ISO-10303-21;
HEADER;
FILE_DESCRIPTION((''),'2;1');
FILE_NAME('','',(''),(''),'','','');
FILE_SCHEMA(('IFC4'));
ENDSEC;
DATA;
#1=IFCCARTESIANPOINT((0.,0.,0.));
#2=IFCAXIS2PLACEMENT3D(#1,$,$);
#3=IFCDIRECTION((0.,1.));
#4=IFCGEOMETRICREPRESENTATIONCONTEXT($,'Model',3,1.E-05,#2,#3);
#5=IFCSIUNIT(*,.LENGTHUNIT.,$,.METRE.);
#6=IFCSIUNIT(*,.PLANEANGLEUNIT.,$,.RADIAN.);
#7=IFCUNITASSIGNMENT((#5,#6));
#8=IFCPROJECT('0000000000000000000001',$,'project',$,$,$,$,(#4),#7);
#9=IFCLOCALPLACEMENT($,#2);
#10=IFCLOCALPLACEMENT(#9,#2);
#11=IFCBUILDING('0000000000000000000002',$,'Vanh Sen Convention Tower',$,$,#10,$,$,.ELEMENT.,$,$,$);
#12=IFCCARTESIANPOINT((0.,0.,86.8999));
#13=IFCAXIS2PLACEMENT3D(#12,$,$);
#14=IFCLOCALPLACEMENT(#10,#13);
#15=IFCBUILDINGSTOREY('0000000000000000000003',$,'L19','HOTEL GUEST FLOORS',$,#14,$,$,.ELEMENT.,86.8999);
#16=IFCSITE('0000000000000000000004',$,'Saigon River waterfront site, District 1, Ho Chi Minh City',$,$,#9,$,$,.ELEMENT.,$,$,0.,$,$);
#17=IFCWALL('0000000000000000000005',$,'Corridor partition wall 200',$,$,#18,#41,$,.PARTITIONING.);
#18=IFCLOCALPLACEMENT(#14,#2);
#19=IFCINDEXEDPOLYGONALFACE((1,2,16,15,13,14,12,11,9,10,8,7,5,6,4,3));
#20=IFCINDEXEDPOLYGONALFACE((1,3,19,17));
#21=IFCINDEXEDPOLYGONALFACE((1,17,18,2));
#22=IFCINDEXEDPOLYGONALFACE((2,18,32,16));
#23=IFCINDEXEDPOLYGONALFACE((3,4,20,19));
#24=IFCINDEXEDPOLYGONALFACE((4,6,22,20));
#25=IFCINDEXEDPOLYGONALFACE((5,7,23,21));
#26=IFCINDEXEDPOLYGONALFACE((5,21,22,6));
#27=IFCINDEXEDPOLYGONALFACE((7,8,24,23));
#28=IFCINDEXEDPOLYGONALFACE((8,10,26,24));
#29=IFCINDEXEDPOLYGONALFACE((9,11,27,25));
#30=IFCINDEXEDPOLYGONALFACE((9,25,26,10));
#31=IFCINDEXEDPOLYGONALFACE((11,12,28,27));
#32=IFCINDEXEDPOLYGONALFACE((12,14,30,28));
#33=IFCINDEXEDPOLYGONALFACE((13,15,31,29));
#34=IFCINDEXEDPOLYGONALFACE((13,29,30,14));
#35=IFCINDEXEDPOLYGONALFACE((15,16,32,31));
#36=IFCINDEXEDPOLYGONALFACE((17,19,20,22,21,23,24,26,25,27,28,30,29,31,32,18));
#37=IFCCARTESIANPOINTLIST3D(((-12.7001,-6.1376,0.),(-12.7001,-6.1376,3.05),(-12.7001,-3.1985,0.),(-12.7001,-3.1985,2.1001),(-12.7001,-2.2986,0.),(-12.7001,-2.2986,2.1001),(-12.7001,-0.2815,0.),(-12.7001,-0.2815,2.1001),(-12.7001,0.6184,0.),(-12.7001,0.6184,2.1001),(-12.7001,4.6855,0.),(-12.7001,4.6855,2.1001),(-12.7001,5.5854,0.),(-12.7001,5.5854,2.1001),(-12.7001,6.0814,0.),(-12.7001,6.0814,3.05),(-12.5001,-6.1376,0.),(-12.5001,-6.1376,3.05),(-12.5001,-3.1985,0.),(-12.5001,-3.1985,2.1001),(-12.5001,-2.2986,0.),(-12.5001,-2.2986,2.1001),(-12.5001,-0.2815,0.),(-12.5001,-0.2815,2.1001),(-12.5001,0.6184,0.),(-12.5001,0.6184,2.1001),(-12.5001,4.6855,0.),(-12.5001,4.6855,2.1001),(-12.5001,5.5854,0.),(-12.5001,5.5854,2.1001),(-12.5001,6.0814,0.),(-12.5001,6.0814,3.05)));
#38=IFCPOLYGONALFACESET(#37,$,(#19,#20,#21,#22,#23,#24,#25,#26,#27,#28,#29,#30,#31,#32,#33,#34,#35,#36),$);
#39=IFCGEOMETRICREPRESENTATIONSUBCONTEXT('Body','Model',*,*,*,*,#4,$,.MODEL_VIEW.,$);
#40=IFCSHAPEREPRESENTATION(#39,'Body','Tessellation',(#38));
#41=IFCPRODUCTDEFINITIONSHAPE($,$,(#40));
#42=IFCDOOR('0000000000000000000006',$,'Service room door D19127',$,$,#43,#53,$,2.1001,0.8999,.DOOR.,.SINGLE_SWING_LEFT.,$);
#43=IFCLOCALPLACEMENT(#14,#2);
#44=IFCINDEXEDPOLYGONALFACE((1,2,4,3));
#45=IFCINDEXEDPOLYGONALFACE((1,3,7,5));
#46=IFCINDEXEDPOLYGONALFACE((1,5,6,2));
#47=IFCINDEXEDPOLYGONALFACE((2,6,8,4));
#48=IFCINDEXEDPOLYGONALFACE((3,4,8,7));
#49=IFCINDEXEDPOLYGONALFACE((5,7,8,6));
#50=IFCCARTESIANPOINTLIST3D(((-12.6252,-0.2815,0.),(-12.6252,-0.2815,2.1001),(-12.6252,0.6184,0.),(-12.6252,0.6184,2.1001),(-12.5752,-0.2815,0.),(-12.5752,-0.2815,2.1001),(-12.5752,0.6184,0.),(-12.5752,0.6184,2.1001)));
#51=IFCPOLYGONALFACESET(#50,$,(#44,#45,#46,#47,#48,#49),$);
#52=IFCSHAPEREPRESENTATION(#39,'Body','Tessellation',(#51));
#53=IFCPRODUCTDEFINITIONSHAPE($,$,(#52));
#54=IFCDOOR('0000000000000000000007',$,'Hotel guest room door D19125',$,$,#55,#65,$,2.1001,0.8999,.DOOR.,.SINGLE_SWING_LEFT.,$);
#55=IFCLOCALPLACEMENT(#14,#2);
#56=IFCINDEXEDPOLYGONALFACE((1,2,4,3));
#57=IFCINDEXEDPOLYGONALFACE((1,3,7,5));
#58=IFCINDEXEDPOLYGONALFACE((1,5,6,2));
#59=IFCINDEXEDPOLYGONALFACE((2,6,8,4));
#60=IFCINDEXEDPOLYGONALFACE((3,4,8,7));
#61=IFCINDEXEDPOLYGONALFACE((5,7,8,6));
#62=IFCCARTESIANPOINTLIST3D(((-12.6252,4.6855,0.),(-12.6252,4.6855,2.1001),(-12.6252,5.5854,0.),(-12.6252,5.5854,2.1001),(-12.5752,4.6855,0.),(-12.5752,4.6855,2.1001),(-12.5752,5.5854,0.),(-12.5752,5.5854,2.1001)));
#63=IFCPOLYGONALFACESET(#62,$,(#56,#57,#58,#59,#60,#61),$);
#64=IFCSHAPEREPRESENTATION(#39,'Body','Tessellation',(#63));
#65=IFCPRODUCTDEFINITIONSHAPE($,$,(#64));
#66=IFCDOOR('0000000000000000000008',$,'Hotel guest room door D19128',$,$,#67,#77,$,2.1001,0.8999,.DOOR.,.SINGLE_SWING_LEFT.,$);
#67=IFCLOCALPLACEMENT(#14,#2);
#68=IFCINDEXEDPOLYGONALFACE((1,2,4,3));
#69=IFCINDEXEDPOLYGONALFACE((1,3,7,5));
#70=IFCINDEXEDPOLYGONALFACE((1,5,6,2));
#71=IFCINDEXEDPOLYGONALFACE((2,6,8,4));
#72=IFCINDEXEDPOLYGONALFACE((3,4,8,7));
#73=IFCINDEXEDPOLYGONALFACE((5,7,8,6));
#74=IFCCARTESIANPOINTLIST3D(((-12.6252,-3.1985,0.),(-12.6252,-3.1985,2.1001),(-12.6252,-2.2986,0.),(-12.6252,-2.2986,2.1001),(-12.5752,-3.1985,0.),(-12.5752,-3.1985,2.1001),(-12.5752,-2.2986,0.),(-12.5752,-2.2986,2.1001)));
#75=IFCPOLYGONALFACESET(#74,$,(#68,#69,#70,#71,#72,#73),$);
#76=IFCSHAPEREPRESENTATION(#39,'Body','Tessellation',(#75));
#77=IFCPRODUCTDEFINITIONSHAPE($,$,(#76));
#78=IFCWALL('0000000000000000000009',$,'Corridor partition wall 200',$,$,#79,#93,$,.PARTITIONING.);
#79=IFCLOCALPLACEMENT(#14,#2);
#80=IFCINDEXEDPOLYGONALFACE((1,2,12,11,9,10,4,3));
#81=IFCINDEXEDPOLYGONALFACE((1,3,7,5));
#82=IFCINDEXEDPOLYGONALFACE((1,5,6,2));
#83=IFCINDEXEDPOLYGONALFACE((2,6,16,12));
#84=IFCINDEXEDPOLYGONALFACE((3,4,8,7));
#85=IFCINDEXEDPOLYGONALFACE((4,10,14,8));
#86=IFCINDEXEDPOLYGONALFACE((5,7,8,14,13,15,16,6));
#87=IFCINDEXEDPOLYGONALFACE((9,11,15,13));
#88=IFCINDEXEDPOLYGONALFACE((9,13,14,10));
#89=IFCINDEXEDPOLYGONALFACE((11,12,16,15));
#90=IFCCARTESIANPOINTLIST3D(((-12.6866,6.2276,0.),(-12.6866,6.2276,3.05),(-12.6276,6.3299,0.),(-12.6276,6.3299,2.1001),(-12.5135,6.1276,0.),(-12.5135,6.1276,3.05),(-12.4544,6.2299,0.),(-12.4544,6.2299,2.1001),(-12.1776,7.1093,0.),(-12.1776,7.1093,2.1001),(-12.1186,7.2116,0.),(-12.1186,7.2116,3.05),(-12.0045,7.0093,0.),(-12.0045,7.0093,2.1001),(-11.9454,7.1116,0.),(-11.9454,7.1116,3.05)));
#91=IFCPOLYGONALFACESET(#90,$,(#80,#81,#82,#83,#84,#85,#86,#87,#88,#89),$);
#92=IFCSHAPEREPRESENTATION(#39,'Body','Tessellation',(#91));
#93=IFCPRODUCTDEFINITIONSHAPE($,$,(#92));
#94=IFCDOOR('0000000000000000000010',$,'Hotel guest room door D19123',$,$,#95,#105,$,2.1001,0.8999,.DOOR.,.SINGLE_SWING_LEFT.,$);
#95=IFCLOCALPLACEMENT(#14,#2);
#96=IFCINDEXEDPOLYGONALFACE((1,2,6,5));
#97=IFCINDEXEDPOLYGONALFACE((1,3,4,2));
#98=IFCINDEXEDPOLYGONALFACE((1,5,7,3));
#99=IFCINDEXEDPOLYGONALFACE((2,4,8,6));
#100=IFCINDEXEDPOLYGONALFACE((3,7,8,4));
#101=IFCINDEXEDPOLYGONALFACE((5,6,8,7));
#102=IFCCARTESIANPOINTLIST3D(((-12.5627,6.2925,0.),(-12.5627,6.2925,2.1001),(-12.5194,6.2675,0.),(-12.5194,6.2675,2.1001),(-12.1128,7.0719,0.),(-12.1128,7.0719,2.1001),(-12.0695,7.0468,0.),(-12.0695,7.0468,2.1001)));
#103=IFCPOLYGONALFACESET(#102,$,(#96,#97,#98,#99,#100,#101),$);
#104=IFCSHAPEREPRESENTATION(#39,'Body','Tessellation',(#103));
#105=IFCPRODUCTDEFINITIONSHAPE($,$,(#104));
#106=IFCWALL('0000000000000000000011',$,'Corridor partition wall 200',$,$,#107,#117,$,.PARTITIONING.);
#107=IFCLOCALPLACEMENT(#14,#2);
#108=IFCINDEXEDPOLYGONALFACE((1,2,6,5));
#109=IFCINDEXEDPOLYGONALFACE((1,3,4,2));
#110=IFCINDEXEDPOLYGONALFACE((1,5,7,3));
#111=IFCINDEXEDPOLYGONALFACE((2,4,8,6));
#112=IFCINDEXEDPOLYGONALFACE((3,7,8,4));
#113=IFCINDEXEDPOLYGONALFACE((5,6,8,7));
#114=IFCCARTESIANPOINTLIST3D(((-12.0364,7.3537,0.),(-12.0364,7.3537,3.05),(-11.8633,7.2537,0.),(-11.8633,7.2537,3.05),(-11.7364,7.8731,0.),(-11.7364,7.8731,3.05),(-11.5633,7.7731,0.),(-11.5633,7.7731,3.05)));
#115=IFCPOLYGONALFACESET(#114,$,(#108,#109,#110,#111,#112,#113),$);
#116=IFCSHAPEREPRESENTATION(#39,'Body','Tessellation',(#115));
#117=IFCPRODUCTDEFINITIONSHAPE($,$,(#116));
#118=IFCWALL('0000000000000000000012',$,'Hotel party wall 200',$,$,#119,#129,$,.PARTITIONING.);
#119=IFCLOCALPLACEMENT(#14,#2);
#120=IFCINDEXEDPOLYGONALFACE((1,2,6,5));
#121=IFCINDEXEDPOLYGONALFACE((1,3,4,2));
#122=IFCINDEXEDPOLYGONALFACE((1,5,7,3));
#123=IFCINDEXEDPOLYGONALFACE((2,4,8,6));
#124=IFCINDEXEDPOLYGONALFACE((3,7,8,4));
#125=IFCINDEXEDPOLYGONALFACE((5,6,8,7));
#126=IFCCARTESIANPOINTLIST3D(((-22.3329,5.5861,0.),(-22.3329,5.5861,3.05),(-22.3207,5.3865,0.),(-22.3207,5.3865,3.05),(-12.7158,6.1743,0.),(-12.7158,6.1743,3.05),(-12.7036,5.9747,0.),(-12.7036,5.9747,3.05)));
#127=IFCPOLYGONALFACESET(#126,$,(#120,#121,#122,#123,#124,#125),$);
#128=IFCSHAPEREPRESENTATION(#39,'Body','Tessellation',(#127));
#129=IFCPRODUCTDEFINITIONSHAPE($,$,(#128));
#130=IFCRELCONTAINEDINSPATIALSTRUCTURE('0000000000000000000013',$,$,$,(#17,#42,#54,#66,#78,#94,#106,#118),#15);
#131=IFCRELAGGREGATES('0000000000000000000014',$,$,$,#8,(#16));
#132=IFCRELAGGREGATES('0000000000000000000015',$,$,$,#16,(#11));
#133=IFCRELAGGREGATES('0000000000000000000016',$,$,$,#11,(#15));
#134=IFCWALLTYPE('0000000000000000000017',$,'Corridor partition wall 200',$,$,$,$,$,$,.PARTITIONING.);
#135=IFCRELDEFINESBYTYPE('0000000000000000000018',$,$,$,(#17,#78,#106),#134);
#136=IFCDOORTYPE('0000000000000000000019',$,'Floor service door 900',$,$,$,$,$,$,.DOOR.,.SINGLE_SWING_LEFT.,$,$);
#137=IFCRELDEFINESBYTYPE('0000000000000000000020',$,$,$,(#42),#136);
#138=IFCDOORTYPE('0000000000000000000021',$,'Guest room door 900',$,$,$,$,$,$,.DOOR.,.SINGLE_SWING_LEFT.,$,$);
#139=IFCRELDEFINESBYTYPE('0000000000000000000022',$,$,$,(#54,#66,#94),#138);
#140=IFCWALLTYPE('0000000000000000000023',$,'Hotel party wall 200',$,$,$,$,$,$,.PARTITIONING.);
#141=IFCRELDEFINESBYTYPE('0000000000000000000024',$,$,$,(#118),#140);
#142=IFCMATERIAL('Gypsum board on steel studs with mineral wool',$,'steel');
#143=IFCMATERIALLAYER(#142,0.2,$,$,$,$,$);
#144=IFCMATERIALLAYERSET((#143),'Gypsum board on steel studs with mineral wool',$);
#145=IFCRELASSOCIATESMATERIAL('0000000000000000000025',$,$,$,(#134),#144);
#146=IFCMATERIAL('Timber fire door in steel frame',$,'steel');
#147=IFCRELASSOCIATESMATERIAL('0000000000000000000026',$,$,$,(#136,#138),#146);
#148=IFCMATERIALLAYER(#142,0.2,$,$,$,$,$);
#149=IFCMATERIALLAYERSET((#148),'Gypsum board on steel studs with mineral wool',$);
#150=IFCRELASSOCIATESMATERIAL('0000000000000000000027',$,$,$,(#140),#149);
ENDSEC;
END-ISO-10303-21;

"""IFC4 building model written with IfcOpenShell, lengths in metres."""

from ifc_helpers import new_model, si_unit, direction, frame, frame_2d, origin, place, context, subcontext, project, spatial, rectangle, extrude, material, layer, layer_set, type_object, element, fill, save


model = new_model("IFC4")

# Units and contexts
model_context = context("Model", 3, precision=1e-05, world=origin(), true_north=direction((0.0, 1.0)))
body_context = subcontext(model_context, "Body", "Model", "MODEL_VIEW")
ifc_project = project(units=[si_unit("LENGTHUNIT", "METRE"), si_unit("PLANEANGLEUNIT", "RADIAN")], contexts=[model_context])

# Site, building, storey
site_placement = place(None, origin())
site = spatial("IfcSite", under=ifc_project, at=site_placement, Name="Saigon River waterfront site, District 1, Ho Chi Minh City", CompositionType="ELEMENT", RefElevation=0.0)
building_placement = place(site_placement, origin())
building = spatial("IfcBuilding", under=site, at=building_placement, Name="Vanh Sen Convention Tower", CompositionType="ELEMENT")
storey_placement = place(building_placement, frame((0.0, 0.0, 86.8999)))
storey = spatial("IfcBuildingStorey", under=building, at=storey_placement, Name="L19", Description="HOTEL GUEST FLOORS", CompositionType="ELEMENT", Elevation=86.8999)

# Wall, openings, doors
ifc_material_1 = material(Name="Gypsum board on steel studs with mineral wool", Category="steel")
ifc_layer_1 = layer(ifc_material_1, 0.2)
ifc_layer_set_1 = layer_set([ifc_layer_1], Name="Gypsum board on steel studs with mineral wool")
wall_type_1 = type_object("IfcWallType", Name="Corridor partition wall 200", PredefinedType="PARTITIONING", material=ifc_layer_set_1)
wall_1_placement = place(storey_placement, frame((-12.6001, 6.0813, 0.0), z_axis=(0.0, 0.0, 1.0), x_axis=(0.0, -1.0, 0.0)))
wall_1 = element("IfcWall", 1, at=wall_1_placement, inside=storey, type_object=wall_type_1, Name="Corridor partition wall 200", PredefinedType="PARTITIONING", context=body_context, shape_type="SweptSolid", body=[
    extrude(rectangle(XDim=12.219, YDim=0.2, at=frame_2d((6.1094, 0.0))), origin(), (0.0, 0.0, 1.0), 3.05),
])
opening_1_placement = place(wall_1_placement, frame((0.4958, 0.0, 0.0)))
opening_1 = element("IfcOpeningElement", 2, at=opening_1_placement, cuts=wall_1, PredefinedType="OPENING", context=body_context, shape_type="SweptSolid", body=[
    extrude(rectangle(XDim=0.8999, YDim=2.1001, at=frame_2d((0.45, 1.05))), frame((0.0, 0.1099, 0.0), z_axis=(0.0, -1.0, 0.0), x_axis=(1.0, 0.0, 0.0)), (0.0, 0.0, 1.0), 0.22),
])
opening_2_placement = place(wall_1_placement, frame((5.4629, 0.0, 0.0)))
opening_2 = element("IfcOpeningElement", 3, at=opening_2_placement, cuts=wall_1, PredefinedType="OPENING", context=body_context, shape_type="SweptSolid", body=[
    extrude(rectangle(XDim=0.8999, YDim=2.1001, at=frame_2d((0.45, 1.05))), frame((0.0, 0.1099, 0.0), z_axis=(0.0, -1.0, 0.0), x_axis=(1.0, 0.0, 0.0)), (0.0, 0.0, 1.0), 0.22),
])
opening_3_placement = place(wall_1_placement, frame((8.3799, 0.0, 0.0)))
opening_3 = element("IfcOpeningElement", 4, at=opening_3_placement, cuts=wall_1, PredefinedType="OPENING", context=body_context, shape_type="SweptSolid", body=[
    extrude(rectangle(XDim=0.8999, YDim=2.1001, at=frame_2d((0.45, 1.05))), frame((0.0, 0.1099, 0.0), z_axis=(0.0, -1.0, 0.0), x_axis=(1.0, 0.0, 0.0)), (0.0, 0.0, 1.0), 0.22),
])
ifc_material_2 = material(Name="Timber fire door in steel frame", Category="steel")
door_type_1 = type_object("IfcDoorType", Name="Floor service door 900", OperationType="SINGLE_SWING_LEFT", PredefinedType="DOOR", material=ifc_material_2)
door_1_placement = place(opening_2_placement, origin())
door_1 = element("IfcDoor", 5, at=door_1_placement, inside=storey, type_object=door_type_1, Name="Service room door D19127", OperationType="SINGLE_SWING_LEFT", OverallHeight=2.1001, OverallWidth=0.8999, PredefinedType="DOOR", context=body_context, shape_type="SweptSolid", body=[
    extrude(rectangle(XDim=0.8999, YDim=2.1001, at=frame_2d((0.45, 1.05))), frame((0.0, 0.0249, 0.0), z_axis=(0.0, -1.0, 0.0), x_axis=(1.0, 0.0, 0.0)), (0.0, 0.0, 1.0), 0.05),
])
fill(opening_2, door_1)
door_type_2 = type_object("IfcDoorType", Name="Guest room door 900", OperationType="SINGLE_SWING_LEFT", PredefinedType="DOOR", material=ifc_material_2)
door_2_placement = place(opening_1_placement, origin())
door_2 = element("IfcDoor", 6, at=door_2_placement, inside=storey, type_object=door_type_2, Name="Hotel guest room door D19125", OperationType="SINGLE_SWING_LEFT", OverallHeight=2.1001, OverallWidth=0.8999, PredefinedType="DOOR", context=body_context, shape_type="SweptSolid", body=[
    extrude(rectangle(XDim=0.8999, YDim=2.1001, at=frame_2d((0.45, 1.05))), frame((0.0, 0.0249, 0.0), z_axis=(0.0, -1.0, 0.0), x_axis=(1.0, 0.0, 0.0)), (0.0, 0.0, 1.0), 0.05),
])
fill(opening_1, door_2)
door_3_placement = place(opening_3_placement, origin())
door_3 = element("IfcDoor", 7, at=door_3_placement, inside=storey, type_object=door_type_2, Name="Hotel guest room door D19128", OperationType="SINGLE_SWING_LEFT", OverallHeight=2.1001, OverallWidth=0.8999, PredefinedType="DOOR", context=body_context, shape_type="SweptSolid", body=[
    extrude(rectangle(XDim=0.8999, YDim=2.1001, at=frame_2d((0.45, 1.05))), frame((0.0, 0.0249, 0.0), z_axis=(0.0, -1.0, 0.0), x_axis=(1.0, 0.0, 0.0)), (0.0, 0.0, 1.0), 0.05),
])
fill(opening_3, door_3)

# Wall, opening, door
wall_2_placement = place(storey_placement, frame((-12.032, 7.1616, 0.0), z_axis=(0.0, 0.0, 1.0), x_axis=(-0.499952, -0.866053, 0.0)))
wall_2 = element("IfcWall", 8, at=wall_2_placement, inside=storey, type_object=wall_type_1, Name="Corridor partition wall 200", PredefinedType="PARTITIONING", context=body_context, shape_type="SweptSolid", body=[
    extrude(rectangle(XDim=1.1362, YDim=0.2, at=frame_2d((0.5681, 0.0))), origin(), (0.0, 0.0, 1.0), 3.05),
])
opening_4_placement = place(wall_2_placement, frame((0.1182, 0.0, 0.0)))
opening_4 = element("IfcOpeningElement", 9, at=opening_4_placement, cuts=wall_2, PredefinedType="OPENING", context=body_context, shape_type="SweptSolid", body=[
    extrude(rectangle(XDim=0.8999, YDim=2.1001, at=frame_2d((0.45, 1.05))), frame((0.0, 0.1099, 0.0), z_axis=(0.0, -1.0, 0.0), x_axis=(1.0, 0.0, 0.0)), (0.0, 0.0, 1.0), 0.22),
])
door_4_placement = place(opening_4_placement, origin())
door_4 = element("IfcDoor", 10, at=door_4_placement, inside=storey, type_object=door_type_2, Name="Hotel guest room door D19123", OperationType="SINGLE_SWING_LEFT", OverallHeight=2.1001, OverallWidth=0.8999, PredefinedType="DOOR", context=body_context, shape_type="SweptSolid", body=[
    extrude(rectangle(XDim=0.8999, YDim=2.1001, at=frame_2d((0.45, 1.05))), frame((0.0, 0.0249, 0.0), z_axis=(0.0, -1.0, 0.0), x_axis=(1.0, 0.0, 0.0)), (0.0, 0.0, 1.0), 0.05),
])
fill(opening_4, door_4)

# Walls
wall_3_placement = place(storey_placement, frame((-11.6499, 7.823, 0.0), z_axis=(0.0, 0.0, 1.0), x_axis=(-0.500122, -0.865955, 0.0)))
element("IfcWall", 11, at=wall_3_placement, inside=storey, type_object=wall_type_1, Name="Corridor partition wall 200", PredefinedType="PARTITIONING", context=body_context, shape_type="SweptSolid", body=[
    extrude(rectangle(XDim=0.5999, YDim=0.2, at=frame_2d((0.2998, 0.0))), origin(), (0.0, 0.0, 1.0), 3.05),
])
ifc_layer_2 = layer(ifc_material_1, 0.2)
ifc_layer_set_2 = layer_set([ifc_layer_2], Name="Gypsum board on steel studs with mineral wool")
wall_type_2 = type_object("IfcWallType", Name="Hotel party wall 200", PredefinedType="PARTITIONING", material=ifc_layer_set_2)
wall_4_placement = place(storey_placement, frame((-22.3267, 5.4863, 0.0), z_axis=(0.0, 0.0, 1.0), x_axis=(0.998135, 0.061042, 0.0)))
element("IfcWall", 12, at=wall_4_placement, inside=storey, type_object=wall_type_2, Name="Hotel party wall 200", PredefinedType="PARTITIONING", context=body_context, shape_type="SweptSolid", body=[
    extrude(rectangle(XDim=9.635, YDim=0.2, at=frame_2d((4.8174, 0.0))), origin(), (0.0, 0.0, 1.0), 3.05),
])

save(model, "model.ifc")
